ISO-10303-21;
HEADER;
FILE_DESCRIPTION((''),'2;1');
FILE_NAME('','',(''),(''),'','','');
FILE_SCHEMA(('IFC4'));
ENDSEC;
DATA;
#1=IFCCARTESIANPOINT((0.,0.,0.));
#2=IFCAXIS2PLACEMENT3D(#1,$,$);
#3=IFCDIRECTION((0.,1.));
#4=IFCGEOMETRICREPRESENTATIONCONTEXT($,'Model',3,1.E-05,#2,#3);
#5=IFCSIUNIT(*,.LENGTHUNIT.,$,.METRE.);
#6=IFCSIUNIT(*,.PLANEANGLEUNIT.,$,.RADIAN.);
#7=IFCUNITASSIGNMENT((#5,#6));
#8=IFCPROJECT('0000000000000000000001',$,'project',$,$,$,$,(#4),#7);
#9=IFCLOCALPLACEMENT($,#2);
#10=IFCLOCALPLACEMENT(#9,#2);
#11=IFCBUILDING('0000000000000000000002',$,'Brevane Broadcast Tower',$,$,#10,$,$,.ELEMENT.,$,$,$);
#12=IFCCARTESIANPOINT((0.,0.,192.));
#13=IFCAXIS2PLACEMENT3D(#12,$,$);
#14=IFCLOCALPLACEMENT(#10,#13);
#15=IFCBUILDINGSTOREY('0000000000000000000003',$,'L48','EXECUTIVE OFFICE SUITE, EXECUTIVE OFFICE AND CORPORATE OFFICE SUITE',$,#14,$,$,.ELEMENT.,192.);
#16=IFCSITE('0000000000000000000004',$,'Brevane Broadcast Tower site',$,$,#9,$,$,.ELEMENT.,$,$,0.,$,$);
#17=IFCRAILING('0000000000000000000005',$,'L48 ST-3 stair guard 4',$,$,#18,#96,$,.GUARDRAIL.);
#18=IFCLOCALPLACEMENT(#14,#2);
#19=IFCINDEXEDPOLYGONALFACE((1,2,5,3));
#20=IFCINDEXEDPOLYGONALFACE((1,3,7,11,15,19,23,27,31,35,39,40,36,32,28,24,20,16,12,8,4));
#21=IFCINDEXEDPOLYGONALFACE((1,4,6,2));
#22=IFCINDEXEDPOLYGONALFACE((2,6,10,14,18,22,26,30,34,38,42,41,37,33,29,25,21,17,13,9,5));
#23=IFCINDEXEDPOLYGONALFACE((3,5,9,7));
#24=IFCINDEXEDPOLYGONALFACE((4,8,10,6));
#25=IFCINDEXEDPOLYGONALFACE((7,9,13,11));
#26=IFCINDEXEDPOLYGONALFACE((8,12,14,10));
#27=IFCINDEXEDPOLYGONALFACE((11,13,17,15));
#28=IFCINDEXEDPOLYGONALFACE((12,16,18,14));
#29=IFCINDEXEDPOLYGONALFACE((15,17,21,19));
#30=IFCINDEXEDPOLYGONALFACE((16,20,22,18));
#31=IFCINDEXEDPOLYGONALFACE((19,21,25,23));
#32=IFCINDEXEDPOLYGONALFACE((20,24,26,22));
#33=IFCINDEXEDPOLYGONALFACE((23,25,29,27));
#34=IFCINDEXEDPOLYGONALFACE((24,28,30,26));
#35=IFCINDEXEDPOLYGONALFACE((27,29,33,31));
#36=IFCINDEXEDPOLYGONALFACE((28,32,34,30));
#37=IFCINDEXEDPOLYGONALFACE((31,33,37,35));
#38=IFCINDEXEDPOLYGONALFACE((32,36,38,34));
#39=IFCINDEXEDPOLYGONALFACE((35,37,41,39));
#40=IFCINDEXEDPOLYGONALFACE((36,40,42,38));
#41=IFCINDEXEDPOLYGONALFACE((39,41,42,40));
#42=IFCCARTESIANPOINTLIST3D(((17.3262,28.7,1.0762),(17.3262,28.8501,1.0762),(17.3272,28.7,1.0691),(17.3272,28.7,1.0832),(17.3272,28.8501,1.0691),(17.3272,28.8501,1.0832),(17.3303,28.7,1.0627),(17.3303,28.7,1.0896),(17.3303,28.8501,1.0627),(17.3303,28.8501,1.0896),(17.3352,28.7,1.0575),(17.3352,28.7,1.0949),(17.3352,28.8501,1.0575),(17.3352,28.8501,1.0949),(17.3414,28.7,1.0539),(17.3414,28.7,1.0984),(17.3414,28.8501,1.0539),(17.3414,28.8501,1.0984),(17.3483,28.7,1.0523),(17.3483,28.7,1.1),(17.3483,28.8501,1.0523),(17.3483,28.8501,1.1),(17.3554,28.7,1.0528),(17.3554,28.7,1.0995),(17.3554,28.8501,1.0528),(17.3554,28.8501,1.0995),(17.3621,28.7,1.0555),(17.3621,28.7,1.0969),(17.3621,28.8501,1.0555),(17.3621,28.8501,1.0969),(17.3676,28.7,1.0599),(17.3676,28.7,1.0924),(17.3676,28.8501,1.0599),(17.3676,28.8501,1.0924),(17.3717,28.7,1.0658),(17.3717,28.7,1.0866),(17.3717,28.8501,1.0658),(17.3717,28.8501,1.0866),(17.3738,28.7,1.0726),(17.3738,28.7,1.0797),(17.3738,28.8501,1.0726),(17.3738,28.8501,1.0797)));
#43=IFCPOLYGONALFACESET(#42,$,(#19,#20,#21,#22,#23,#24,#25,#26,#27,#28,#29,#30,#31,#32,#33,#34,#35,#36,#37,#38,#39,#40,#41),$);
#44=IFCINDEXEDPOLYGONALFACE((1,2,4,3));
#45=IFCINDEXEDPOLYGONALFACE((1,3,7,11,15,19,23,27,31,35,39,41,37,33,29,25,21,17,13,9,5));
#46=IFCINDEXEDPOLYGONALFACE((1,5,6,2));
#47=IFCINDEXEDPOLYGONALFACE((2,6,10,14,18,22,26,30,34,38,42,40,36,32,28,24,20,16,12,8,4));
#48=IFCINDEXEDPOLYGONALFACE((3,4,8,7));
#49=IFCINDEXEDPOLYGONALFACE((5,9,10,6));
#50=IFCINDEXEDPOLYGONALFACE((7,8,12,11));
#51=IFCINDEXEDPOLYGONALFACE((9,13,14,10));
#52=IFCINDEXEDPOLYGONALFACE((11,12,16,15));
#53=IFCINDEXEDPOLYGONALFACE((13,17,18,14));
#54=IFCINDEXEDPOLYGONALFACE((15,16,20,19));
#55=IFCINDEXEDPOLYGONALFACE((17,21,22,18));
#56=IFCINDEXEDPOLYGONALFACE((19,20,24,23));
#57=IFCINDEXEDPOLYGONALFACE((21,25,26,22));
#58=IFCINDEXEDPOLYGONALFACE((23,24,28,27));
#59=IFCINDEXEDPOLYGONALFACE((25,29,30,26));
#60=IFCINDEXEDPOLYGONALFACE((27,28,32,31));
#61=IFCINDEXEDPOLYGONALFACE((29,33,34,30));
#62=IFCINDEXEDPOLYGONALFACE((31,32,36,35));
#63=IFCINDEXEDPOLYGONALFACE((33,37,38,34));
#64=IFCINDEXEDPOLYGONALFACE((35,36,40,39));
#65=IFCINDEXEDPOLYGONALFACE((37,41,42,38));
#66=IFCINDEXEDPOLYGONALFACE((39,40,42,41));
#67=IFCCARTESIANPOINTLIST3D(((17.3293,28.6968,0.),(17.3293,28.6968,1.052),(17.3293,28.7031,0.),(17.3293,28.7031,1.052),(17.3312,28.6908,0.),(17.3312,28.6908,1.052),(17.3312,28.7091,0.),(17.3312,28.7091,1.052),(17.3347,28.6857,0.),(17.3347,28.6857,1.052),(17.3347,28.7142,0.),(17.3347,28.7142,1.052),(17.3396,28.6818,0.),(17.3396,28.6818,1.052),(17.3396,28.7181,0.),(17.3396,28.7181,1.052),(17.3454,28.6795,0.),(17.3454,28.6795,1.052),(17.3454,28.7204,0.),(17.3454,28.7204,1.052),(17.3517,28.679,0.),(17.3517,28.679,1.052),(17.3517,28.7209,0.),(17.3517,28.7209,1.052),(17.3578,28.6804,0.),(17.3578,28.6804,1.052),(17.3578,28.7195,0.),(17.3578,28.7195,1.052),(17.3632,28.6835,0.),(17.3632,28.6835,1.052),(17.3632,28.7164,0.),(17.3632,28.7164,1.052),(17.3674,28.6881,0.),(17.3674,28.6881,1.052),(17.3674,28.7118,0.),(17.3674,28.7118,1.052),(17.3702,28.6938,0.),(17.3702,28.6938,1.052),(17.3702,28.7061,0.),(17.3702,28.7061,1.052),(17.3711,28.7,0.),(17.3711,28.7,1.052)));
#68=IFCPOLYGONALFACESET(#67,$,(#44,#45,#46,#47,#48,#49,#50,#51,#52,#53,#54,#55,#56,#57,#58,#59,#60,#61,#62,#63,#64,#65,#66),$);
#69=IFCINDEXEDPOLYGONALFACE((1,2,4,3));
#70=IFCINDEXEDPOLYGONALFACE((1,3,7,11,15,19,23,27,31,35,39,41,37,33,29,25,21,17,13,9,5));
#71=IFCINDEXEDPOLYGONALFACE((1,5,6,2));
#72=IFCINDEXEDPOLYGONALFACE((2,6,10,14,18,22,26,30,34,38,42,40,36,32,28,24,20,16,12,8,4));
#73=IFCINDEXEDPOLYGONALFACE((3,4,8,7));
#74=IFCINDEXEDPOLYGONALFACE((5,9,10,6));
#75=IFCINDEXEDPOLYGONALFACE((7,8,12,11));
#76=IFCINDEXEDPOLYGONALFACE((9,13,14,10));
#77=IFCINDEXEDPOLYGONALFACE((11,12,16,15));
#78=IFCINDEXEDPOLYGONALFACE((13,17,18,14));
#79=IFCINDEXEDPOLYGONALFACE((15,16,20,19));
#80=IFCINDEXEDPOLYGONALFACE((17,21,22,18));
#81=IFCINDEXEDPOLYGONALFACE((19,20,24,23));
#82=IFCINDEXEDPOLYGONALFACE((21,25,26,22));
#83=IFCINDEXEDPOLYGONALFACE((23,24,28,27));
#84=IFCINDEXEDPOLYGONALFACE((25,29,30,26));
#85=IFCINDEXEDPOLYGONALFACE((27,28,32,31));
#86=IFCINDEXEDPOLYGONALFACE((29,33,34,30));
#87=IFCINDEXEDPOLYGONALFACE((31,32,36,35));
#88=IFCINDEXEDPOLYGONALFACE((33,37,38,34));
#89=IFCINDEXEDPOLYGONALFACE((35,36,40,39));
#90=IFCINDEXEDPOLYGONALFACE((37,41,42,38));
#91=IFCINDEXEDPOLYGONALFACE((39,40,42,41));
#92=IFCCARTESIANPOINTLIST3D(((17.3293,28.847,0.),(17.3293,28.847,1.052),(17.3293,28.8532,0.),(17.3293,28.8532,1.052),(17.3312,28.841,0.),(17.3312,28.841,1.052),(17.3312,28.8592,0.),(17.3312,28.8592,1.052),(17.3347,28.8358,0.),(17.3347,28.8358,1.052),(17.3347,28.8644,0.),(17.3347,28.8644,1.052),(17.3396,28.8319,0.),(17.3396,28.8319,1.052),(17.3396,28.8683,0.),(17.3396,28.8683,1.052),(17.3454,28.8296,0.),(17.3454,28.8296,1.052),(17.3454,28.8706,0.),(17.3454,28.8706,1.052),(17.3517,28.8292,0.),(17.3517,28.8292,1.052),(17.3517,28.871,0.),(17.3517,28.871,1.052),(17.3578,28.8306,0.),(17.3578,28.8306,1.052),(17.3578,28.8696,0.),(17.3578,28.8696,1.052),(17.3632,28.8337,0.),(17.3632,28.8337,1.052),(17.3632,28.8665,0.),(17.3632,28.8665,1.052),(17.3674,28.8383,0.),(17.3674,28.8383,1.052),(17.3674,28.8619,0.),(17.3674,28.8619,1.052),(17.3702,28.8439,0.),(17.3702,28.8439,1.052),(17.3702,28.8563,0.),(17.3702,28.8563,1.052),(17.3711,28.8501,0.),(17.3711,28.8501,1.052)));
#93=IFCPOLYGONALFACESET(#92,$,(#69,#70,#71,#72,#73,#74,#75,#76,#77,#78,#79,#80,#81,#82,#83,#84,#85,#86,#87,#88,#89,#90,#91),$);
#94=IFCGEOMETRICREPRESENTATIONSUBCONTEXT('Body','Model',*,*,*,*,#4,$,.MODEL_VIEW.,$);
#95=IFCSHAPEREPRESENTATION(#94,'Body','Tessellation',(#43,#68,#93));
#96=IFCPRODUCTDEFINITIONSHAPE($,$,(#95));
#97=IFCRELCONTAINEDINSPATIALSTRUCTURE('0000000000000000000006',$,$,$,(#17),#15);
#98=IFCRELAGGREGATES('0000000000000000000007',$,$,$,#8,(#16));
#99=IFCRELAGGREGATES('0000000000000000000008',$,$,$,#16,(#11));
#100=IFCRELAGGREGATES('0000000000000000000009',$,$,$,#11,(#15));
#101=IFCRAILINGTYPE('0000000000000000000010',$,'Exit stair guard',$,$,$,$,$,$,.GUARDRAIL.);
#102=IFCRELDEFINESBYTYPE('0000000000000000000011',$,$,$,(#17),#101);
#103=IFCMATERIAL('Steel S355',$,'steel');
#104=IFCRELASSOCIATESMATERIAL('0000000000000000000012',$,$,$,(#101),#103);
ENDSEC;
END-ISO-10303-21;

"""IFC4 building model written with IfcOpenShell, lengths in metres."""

from ifc_helpers import new_model, si_unit, direction, frame, origin, origin_2d, place, context, subcontext, project, spatial, circle, extrude, material, type_object, element, save


model = new_model("IFC4")

# Units and contexts
model_context = context("Model", 3, precision=1e-05, world=origin(), true_north=direction((0.0, 1.0)))
body_context = subcontext(model_context, "Body", "Model", "MODEL_VIEW")
ifc_project = project(units=[si_unit("LENGTHUNIT", "METRE"), si_unit("PLANEANGLEUNIT", "RADIAN")], contexts=[model_context])

# Site, building, storey
site_placement = place(None, origin())
site = spatial("IfcSite", under=ifc_project, at=site_placement, Name="Brevane Broadcast Tower site", CompositionType="ELEMENT", RefElevation=0.0)
building_placement = place(site_placement, origin())
building = spatial("IfcBuilding", under=site, at=building_placement, Name="Brevane Broadcast Tower", CompositionType="ELEMENT")
storey_placement = place(building_placement, frame((0.0, 0.0, 192.0)))
storey = spatial("IfcBuildingStorey", under=building, at=storey_placement, Name="L48", Description="EXECUTIVE OFFICE SUITE, EXECUTIVE OFFICE AND CORPORATE OFFICE SUITE", CompositionType="ELEMENT", Elevation=192.0)

# Railing
ifc_material_1 = material(Name="Steel S355", Category="steel")
railing_type_1 = type_object("IfcRailingType", Name="Exit stair guard", PredefinedType="GUARDRAIL", material=ifc_material_1)
railing_1_placement = place(storey_placement, frame((17.3501, 28.7, 0.0)))
element("IfcRailing", 1, at=railing_1_placement, inside=storey, type_object=railing_type_1, Name="L48 ST-3 stair guard 4", PredefinedType="GUARDRAIL", context=body_context, shape_type="SweptSolid", body=[
    extrude(circle(Radius=0.0239, at=origin_2d()), frame((0.0, 0.0, 1.0762), z_axis=(0.0, 1.0, 0.0), x_axis=(-1.0, 0.0, 0.0)), (0.0, 0.0, 1.0), 0.1501),
    extrude(circle(Radius=0.021, at=origin_2d()), origin(), (0.0, 0.0, 1.0), 1.052),
    extrude(circle(Radius=0.021, at=origin_2d()), frame((0.0, 0.1501, 0.0)), (0.0, 0.0, 1.0), 1.052),
])

save(model, "model.ifc")
